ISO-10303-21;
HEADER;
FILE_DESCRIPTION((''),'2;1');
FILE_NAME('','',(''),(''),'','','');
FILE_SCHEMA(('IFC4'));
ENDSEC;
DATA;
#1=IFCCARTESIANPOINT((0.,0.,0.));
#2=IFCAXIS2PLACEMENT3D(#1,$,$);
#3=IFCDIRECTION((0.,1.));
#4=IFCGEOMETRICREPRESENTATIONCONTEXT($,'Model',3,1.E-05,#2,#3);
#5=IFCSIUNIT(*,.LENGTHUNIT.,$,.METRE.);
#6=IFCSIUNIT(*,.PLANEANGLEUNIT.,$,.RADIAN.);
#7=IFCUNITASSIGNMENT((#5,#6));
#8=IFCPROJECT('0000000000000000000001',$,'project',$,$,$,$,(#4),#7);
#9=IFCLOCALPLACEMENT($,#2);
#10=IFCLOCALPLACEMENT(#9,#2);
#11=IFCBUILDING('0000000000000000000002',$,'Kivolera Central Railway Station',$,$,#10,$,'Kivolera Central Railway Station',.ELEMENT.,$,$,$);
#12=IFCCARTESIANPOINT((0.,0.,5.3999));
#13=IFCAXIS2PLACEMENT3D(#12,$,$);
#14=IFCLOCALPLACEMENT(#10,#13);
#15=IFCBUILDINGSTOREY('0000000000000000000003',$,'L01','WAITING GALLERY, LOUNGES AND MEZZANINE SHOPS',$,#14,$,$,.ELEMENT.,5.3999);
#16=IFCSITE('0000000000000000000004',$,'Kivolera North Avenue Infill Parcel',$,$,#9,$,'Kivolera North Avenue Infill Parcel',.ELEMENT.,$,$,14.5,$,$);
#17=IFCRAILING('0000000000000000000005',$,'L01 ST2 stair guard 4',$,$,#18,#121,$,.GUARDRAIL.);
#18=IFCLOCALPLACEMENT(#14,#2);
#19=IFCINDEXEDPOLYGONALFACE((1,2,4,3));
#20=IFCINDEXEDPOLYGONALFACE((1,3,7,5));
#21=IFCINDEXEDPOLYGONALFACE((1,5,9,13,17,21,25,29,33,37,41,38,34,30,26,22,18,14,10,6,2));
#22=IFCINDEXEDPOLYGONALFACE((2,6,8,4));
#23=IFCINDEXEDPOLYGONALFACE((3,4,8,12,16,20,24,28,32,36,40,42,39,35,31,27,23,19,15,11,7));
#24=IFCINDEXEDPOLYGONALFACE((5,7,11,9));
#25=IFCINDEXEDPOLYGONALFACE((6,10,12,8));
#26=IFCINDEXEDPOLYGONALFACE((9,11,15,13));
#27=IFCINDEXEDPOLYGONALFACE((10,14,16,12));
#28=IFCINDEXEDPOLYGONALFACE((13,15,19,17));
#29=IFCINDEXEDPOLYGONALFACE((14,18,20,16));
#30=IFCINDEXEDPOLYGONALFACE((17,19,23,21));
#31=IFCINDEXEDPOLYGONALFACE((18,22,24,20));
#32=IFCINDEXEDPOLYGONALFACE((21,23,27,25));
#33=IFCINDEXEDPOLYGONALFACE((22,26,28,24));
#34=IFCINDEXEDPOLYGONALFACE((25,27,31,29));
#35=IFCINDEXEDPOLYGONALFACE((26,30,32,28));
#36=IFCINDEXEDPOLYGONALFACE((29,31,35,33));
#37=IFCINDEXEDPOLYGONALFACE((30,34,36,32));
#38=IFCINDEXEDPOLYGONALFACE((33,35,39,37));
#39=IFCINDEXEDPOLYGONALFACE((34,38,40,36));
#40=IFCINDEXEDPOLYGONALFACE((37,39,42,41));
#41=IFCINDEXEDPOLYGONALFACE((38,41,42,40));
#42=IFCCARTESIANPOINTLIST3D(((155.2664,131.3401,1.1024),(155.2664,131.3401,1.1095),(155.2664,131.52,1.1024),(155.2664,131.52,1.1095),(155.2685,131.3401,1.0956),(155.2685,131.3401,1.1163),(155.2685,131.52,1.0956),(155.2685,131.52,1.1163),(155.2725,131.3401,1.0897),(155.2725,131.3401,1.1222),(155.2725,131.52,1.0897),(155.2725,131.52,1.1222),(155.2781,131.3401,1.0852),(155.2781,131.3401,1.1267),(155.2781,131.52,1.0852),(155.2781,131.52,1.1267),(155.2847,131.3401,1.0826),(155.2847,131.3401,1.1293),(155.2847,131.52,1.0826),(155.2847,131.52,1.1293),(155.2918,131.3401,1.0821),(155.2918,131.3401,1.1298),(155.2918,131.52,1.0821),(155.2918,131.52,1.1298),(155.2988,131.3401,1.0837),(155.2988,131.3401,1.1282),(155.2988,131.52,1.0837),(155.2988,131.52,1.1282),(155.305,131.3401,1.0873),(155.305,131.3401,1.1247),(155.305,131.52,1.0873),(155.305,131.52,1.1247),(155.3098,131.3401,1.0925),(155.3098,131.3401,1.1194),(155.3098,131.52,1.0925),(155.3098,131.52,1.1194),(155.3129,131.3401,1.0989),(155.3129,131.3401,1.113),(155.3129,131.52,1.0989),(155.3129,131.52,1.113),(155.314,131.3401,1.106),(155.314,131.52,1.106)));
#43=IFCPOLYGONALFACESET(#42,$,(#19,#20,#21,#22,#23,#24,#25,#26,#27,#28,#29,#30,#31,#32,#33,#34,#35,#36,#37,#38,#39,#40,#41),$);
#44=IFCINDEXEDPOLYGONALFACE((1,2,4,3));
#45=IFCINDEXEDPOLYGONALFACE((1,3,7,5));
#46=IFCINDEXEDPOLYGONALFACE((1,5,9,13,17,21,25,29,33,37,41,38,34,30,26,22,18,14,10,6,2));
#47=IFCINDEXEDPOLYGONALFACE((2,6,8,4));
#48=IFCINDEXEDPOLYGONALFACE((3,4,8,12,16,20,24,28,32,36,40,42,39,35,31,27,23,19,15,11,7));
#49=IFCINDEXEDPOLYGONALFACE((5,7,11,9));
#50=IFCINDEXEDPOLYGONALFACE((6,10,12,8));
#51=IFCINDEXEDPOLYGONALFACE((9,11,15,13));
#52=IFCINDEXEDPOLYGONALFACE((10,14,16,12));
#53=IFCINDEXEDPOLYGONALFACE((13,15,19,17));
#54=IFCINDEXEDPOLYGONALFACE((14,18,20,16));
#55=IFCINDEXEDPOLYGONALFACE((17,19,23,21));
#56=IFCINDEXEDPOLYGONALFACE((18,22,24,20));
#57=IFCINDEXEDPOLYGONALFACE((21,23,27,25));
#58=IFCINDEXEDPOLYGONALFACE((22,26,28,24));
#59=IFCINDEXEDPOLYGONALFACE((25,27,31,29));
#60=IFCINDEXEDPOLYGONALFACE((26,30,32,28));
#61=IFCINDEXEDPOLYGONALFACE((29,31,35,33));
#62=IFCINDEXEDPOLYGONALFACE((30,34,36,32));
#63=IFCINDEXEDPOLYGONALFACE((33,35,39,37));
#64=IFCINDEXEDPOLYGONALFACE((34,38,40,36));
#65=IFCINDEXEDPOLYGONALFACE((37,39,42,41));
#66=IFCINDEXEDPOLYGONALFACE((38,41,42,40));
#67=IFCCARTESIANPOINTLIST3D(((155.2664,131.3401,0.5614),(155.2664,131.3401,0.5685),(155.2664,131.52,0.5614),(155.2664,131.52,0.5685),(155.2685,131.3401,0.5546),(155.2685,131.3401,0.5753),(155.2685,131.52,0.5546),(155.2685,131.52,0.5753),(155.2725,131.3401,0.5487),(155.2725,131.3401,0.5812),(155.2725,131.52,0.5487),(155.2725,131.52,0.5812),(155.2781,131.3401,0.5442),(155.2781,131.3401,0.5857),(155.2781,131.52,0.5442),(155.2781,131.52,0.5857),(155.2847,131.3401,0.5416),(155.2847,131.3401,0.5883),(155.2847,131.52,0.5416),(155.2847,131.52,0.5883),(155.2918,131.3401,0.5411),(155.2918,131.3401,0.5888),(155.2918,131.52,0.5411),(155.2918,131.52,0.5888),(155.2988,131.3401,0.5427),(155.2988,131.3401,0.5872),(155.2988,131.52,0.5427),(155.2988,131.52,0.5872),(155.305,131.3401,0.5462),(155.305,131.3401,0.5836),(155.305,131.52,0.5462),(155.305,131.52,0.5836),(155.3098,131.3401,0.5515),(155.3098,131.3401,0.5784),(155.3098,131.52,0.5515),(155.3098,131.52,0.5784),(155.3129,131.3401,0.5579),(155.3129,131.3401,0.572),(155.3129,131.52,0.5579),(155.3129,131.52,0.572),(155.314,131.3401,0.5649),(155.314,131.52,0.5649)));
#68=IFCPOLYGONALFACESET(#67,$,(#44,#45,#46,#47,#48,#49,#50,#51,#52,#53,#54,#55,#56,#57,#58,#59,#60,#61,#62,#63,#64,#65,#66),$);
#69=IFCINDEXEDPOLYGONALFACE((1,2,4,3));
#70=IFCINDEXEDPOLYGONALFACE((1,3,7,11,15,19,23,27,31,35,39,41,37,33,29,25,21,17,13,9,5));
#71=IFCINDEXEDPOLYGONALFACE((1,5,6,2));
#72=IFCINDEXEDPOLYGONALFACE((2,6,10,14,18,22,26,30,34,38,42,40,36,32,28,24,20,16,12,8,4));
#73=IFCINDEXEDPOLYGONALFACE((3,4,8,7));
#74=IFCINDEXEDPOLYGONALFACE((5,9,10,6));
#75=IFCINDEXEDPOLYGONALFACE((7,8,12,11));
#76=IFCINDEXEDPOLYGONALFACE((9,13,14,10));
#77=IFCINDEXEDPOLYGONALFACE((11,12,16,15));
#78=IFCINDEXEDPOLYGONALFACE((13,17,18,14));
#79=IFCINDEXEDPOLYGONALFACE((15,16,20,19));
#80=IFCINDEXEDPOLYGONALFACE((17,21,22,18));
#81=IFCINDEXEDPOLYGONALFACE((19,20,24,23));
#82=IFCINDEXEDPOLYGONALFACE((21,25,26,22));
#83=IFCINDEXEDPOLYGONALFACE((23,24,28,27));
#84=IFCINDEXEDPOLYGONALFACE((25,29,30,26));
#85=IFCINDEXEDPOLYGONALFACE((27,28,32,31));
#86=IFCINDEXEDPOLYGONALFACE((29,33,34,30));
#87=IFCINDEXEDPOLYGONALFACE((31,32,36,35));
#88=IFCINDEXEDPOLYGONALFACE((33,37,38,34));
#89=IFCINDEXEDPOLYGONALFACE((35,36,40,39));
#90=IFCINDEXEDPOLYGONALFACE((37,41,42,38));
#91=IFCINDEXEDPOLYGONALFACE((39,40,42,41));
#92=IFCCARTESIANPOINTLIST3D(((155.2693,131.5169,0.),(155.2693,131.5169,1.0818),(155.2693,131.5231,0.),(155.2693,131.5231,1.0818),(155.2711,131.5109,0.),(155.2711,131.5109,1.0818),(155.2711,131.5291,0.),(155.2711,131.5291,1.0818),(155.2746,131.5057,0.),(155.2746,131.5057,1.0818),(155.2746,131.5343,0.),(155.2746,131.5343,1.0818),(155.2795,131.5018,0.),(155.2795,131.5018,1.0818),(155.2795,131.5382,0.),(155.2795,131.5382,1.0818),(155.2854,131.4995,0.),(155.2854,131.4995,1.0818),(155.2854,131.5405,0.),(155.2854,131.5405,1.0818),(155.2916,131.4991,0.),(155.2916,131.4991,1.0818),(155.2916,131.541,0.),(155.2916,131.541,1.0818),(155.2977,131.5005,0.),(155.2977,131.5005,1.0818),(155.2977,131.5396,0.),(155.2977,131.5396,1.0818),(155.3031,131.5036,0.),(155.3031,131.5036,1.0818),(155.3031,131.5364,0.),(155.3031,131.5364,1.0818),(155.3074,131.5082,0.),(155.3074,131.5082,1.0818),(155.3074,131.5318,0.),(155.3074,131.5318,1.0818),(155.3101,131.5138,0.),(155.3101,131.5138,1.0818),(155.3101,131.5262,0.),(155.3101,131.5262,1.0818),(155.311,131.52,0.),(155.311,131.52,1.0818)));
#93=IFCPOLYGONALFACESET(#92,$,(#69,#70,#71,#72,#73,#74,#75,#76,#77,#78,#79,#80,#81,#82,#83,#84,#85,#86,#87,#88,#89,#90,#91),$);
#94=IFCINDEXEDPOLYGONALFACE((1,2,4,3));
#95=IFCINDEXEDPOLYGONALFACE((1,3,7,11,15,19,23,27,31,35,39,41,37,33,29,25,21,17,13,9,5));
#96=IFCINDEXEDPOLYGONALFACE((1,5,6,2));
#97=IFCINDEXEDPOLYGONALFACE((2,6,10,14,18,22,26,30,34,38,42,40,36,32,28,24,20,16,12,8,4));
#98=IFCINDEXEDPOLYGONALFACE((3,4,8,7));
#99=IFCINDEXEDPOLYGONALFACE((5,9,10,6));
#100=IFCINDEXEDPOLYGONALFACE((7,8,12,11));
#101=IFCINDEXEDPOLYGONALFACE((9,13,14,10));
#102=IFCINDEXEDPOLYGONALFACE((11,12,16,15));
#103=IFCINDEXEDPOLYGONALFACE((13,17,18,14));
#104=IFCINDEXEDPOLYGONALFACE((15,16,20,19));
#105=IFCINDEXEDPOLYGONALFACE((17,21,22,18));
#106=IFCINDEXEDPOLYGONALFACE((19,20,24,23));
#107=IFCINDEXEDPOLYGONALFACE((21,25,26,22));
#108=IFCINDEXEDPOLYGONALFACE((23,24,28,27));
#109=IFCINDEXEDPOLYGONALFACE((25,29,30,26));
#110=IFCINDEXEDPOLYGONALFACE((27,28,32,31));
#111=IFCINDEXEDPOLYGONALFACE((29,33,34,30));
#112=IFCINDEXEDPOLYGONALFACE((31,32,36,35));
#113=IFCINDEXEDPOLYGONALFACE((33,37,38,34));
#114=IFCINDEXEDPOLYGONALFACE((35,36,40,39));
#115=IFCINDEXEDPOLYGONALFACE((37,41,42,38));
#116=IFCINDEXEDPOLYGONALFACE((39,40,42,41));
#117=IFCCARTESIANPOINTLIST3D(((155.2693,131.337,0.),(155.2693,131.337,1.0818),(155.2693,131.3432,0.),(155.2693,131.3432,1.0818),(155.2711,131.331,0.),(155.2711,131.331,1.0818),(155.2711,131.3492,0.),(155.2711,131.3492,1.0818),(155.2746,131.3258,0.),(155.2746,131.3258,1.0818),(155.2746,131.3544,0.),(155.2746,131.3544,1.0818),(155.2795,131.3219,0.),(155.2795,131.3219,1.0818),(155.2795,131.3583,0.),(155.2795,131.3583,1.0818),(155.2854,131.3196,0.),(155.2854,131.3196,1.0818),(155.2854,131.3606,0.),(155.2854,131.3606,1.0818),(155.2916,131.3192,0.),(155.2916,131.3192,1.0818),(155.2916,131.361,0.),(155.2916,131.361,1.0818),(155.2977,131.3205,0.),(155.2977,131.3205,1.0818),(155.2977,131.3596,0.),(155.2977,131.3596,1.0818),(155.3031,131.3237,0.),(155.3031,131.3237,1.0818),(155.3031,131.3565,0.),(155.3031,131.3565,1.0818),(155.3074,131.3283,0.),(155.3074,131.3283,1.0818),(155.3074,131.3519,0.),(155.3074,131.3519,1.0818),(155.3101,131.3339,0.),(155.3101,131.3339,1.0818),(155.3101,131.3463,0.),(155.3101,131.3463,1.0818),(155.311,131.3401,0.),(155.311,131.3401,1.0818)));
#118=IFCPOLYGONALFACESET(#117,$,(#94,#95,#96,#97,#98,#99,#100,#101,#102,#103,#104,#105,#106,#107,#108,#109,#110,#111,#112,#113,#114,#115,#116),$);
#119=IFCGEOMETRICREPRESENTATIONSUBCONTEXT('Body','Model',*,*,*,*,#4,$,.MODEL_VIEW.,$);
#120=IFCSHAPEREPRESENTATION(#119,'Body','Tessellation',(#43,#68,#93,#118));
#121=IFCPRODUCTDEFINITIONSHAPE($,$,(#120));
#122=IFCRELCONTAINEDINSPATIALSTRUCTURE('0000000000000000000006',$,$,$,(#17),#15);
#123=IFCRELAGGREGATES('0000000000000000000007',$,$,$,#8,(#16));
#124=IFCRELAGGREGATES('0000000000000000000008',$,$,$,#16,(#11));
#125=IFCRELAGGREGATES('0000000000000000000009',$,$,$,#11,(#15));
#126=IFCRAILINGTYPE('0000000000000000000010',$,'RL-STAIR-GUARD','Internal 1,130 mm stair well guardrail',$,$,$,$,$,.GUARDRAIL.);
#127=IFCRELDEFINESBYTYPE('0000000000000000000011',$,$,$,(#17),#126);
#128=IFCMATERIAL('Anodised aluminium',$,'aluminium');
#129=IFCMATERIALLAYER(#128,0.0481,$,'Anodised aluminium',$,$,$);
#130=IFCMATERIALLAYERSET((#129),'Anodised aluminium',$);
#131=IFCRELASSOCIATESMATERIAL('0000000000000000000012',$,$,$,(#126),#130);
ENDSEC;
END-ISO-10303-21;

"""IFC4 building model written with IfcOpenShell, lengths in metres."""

from ifc_helpers import new_model, si_unit, direction, frame, origin, origin_2d, place, context, subcontext, project, spatial, circle, extrude, material, layer, layer_set, type_object, element, save


model = new_model("IFC4")

# Units and contexts
model_context = context("Model", 3, precision=1e-05, world=origin(), true_north=direction((0.0, 1.0)))
body_context = subcontext(model_context, "Body", "Model", "MODEL_VIEW")
ifc_project = project(units=[si_unit("LENGTHUNIT", "METRE"), si_unit("PLANEANGLEUNIT", "RADIAN")], contexts=[model_context])

# Site, building, storey
site_placement = place(None, origin())
site = spatial("IfcSite", under=ifc_project, at=site_placement, Name="Kivolera North Avenue Infill Parcel", LongName="Kivolera North Avenue Infill Parcel", CompositionType="ELEMENT", RefElevation=14.5)
building_placement = place(site_placement, origin())
building = spatial("IfcBuilding", under=site, at=building_placement, Name="Kivolera Central Railway Station", LongName="Kivolera Central Railway Station", CompositionType="ELEMENT")
storey_placement = place(building_placement, frame((0.0, 0.0, 5.3999)))
storey = spatial("IfcBuildingStorey", under=building, at=storey_placement, Name="L01", Description="WAITING GALLERY, LOUNGES AND MEZZANINE SHOPS", CompositionType="ELEMENT", Elevation=5.3999)

# Shared definitions
ifc_material_1 = material(Name="Anodised aluminium", Category="aluminium")

# Railing
ifc_layer_1 = layer(ifc_material_1, 0.0481, Name="Anodised aluminium")
ifc_layer_set_1 = layer_set([ifc_layer_1], Name="Anodised aluminium")
railing_type_1 = type_object("IfcRailingType", Name="RL-STAIR-GUARD", Description="Internal 1,130 mm stair well guardrail", PredefinedType="GUARDRAIL", material=ifc_layer_set_1)
railing_1_placement = place(storey_placement, frame((155.29, 131.52, 0.0)))
element("IfcRailing", 1, at=railing_1_placement, inside=storey, type_object=railing_type_1, Name="L01 ST2 stair guard 4", PredefinedType="GUARDRAIL", context=body_context, shape_type="SweptSolid", body=[
    extrude(circle(Radius=0.0239, at=origin_2d()), frame((0.0, 0.0, 1.106), z_axis=(0.0, -1.0, 0.0), x_axis=(1.0, 0.0, 0.0)), (0.0, 0.0, 1.0), 0.1799),
    extrude(circle(Radius=0.0239, at=origin_2d()), frame((0.0, 0.0, 0.5649), z_axis=(0.0, -1.0, 0.0), x_axis=(1.0, 0.0, 0.0)), (0.0, 0.0, 1.0), 0.1799),
    extrude(circle(Radius=0.021, at=origin_2d()), origin(), (0.0, 0.0, 1.0), 1.0818),
    extrude(circle(Radius=0.021, at=origin_2d()), frame((0.0, -0.1799, 0.0)), (0.0, 0.0, 1.0), 1.0818),
])

save(model, "model.ifc")
